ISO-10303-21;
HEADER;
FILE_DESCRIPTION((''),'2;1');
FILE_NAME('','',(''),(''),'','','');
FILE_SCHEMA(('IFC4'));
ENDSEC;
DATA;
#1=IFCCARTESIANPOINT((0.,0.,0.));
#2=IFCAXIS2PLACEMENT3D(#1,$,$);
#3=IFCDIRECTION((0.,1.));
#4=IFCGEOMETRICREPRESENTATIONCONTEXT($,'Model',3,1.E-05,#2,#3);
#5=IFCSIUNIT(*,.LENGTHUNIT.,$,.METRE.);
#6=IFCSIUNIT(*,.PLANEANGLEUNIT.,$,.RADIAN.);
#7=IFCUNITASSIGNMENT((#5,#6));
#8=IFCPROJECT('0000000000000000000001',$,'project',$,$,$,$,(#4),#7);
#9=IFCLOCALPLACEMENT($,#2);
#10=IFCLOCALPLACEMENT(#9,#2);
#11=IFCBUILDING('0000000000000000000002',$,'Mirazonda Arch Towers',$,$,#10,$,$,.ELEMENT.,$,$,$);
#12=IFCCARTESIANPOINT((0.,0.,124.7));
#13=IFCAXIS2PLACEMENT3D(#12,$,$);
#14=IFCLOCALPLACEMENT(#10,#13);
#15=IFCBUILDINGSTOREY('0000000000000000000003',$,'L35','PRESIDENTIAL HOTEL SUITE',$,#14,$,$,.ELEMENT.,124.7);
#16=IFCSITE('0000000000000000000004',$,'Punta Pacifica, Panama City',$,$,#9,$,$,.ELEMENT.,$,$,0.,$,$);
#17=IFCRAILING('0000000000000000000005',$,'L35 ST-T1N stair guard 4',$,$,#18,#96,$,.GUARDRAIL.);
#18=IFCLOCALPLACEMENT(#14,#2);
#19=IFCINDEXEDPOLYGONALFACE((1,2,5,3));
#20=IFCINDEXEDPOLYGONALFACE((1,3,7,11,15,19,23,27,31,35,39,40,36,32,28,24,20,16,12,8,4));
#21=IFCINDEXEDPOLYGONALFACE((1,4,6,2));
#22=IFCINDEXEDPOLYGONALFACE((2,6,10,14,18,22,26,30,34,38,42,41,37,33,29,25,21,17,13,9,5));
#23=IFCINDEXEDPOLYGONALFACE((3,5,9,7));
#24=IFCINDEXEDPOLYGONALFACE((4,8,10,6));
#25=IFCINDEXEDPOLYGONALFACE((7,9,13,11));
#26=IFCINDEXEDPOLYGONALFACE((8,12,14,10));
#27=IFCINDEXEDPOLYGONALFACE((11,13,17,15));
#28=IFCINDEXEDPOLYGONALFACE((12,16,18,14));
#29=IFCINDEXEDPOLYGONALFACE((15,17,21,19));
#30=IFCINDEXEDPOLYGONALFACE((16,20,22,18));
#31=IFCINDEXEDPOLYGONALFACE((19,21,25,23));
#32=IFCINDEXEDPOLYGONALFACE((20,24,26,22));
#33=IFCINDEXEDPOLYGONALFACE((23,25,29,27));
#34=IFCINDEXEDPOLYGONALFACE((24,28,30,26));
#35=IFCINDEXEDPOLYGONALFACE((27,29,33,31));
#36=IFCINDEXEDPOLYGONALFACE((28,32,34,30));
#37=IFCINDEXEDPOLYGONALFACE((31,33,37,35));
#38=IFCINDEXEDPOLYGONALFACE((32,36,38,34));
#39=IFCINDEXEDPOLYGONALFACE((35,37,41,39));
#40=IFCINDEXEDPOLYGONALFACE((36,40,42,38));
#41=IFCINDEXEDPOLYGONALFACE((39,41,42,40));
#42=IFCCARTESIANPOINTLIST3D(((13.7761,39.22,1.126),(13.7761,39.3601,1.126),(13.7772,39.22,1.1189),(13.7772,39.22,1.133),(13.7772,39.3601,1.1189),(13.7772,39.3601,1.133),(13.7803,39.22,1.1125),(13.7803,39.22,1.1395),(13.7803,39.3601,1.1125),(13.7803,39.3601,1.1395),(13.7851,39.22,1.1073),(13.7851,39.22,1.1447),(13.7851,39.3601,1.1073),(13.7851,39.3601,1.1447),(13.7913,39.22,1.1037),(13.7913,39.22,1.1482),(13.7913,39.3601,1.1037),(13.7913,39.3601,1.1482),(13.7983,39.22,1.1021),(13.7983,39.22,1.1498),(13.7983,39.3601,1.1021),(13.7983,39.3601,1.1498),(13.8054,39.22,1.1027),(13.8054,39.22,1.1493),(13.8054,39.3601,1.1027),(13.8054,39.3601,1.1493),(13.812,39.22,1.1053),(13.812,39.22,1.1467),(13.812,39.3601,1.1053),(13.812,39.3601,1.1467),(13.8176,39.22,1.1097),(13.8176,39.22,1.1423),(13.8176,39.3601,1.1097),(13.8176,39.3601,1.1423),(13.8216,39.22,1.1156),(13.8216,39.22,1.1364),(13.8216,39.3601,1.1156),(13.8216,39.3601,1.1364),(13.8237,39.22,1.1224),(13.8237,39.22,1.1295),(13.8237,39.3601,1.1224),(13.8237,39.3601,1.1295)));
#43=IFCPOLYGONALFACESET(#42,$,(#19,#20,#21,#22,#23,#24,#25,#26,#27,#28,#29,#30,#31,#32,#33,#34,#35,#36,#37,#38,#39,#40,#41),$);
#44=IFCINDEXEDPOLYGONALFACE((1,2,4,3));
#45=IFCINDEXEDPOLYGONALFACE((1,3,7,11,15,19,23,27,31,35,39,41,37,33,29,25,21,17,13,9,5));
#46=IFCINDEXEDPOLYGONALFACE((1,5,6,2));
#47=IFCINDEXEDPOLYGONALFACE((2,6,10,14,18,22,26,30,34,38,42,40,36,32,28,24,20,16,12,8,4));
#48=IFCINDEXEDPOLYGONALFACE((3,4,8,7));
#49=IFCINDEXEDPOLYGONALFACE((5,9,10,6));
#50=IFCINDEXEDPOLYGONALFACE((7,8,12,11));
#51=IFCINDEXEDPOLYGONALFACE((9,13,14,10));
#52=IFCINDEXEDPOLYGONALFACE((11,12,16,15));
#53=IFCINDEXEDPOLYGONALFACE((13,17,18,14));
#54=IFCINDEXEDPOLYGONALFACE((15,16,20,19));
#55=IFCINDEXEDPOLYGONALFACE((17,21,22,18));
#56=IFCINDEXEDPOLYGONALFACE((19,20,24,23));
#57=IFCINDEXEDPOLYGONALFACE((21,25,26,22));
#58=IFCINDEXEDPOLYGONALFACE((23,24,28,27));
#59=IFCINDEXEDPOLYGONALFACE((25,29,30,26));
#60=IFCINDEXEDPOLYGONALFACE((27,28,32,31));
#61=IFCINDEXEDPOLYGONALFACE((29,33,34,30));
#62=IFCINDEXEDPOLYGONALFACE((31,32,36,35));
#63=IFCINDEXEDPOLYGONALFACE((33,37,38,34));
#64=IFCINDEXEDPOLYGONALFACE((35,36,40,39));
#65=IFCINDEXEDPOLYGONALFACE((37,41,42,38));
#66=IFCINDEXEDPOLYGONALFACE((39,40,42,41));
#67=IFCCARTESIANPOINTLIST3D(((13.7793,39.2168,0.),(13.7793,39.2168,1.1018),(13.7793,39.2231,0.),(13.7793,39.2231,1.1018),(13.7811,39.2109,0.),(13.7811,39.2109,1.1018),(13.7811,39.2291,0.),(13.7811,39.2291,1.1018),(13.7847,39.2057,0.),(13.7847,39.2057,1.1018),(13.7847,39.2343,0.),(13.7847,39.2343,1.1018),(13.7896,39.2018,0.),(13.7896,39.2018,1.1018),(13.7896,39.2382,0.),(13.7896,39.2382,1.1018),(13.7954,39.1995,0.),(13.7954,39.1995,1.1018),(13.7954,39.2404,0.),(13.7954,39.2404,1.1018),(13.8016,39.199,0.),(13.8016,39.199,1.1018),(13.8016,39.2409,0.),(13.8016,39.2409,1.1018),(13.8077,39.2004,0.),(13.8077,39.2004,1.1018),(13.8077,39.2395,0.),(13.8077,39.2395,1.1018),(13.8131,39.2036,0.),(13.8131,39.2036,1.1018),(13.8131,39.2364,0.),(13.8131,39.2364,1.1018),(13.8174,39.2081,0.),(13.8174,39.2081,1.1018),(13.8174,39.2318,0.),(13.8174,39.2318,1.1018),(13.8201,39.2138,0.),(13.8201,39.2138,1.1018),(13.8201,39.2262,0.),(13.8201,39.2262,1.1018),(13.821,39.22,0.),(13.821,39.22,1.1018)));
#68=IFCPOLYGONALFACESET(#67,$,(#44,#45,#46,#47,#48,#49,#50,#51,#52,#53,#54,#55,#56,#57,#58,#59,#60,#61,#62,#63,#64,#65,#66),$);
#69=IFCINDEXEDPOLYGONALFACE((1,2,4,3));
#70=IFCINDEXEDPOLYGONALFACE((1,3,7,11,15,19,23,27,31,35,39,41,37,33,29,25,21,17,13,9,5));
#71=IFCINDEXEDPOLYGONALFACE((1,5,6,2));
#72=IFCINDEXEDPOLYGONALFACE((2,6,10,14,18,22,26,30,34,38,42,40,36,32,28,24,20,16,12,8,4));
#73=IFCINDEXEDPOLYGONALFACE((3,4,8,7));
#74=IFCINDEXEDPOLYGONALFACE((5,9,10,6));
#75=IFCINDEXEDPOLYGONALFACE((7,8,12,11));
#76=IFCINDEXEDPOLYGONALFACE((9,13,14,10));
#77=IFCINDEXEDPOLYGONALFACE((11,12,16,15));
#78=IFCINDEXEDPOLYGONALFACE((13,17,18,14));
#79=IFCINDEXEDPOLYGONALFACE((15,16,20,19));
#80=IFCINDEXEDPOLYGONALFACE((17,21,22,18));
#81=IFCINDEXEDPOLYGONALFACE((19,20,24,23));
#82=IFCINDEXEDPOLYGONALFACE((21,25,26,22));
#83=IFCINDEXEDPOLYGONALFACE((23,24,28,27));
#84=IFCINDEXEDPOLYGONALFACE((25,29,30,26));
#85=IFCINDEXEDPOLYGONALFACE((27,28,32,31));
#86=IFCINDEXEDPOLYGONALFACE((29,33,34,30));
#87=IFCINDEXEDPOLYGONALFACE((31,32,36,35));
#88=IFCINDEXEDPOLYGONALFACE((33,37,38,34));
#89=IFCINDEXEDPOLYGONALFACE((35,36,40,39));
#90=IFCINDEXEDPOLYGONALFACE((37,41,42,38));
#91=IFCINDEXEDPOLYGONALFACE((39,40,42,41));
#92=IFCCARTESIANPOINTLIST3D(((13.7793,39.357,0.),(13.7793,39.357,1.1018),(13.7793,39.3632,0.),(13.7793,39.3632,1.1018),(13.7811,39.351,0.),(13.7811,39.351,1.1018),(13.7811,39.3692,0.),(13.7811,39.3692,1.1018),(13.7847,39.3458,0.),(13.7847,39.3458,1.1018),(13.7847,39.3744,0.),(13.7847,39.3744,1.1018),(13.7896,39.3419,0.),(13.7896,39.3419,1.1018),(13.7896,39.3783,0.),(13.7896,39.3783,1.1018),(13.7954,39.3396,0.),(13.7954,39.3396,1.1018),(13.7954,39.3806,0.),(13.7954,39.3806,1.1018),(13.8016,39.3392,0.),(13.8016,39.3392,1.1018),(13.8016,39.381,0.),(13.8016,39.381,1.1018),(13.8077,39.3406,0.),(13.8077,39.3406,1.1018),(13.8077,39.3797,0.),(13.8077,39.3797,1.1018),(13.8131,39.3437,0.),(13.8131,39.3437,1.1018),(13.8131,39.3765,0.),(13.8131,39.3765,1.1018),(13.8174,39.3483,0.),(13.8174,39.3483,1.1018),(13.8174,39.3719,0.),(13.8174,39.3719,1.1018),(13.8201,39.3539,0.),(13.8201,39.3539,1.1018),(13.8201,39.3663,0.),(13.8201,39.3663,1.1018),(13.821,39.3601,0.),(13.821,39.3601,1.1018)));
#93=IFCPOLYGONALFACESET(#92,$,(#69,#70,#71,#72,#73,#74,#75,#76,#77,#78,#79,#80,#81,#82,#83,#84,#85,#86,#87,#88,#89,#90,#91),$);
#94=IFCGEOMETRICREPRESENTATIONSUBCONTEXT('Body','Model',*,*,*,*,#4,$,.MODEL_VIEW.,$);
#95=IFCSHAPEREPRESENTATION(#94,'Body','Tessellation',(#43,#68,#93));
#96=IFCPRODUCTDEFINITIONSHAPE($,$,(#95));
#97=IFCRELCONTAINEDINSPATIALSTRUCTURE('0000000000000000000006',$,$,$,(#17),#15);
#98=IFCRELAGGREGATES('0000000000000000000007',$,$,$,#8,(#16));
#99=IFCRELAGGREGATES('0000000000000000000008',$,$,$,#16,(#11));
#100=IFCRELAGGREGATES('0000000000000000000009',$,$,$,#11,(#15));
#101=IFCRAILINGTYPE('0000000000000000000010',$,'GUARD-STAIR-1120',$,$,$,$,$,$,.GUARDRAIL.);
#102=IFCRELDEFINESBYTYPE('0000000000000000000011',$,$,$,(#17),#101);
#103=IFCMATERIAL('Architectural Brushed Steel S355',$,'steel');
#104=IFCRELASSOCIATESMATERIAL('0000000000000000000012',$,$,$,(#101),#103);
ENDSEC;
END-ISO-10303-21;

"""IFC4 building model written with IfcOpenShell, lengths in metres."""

from ifc_helpers import new_model, si_unit, direction, frame, origin, origin_2d, place, context, subcontext, project, spatial, circle, extrude, material, type_object, element, save


model = new_model("IFC4")

# Units and contexts
model_context = context("Model", 3, precision=1e-05, world=origin(), true_north=direction((0.0, 1.0)))
body_context = subcontext(model_context, "Body", "Model", "MODEL_VIEW")
ifc_project = project(units=[si_unit("LENGTHUNIT", "METRE"), si_unit("PLANEANGLEUNIT", "RADIAN")], contexts=[model_context])

# Site, building, storey
site_placement = place(None, origin())
site = spatial("IfcSite", under=ifc_project, at=site_placement, Name="Punta Pacifica, Panama City", CompositionType="ELEMENT", RefElevation=0.0)
building_placement = place(site_placement, origin())
building = spatial("IfcBuilding", under=site, at=building_placement, Name="Mirazonda Arch Towers", CompositionType="ELEMENT")
storey_placement = place(building_placement, frame((0.0, 0.0, 124.7)))
storey = spatial("IfcBuildingStorey", under=building, at=storey_placement, Name="L35", Description="PRESIDENTIAL HOTEL SUITE", CompositionType="ELEMENT", Elevation=124.7)

# Shared definitions
ifc_material_1 = material(Name="Architectural Brushed Steel S355", Category="steel")

# Railing
railing_type_1 = type_object("IfcRailingType", Name="GUARD-STAIR-1120", PredefinedType="GUARDRAIL", material=ifc_material_1)
railing_1_placement = place(storey_placement, frame((13.8, 39.22, 0.0)))
element("IfcRailing", 1, at=railing_1_placement, inside=storey, type_object=railing_type_1, Name="L35 ST-T1N stair guard 4", PredefinedType="GUARDRAIL", context=body_context, shape_type="SweptSolid", body=[
    extrude(circle(Radius=0.0239, at=origin_2d()), frame((0.0, 0.0, 1.126), z_axis=(0.0, 1.0, 0.0), x_axis=(-1.0, 0.0, 0.0)), (0.0, 0.0, 1.0), 0.1401),
    extrude(circle(Radius=0.021, at=origin_2d()), origin(), (0.0, 0.0, 1.0), 1.1018),
    extrude(circle(Radius=0.021, at=origin_2d()), frame((0.0, 0.1401, 0.0)), (0.0, 0.0, 1.0), 1.1018),
])

save(model, "model.ifc")
